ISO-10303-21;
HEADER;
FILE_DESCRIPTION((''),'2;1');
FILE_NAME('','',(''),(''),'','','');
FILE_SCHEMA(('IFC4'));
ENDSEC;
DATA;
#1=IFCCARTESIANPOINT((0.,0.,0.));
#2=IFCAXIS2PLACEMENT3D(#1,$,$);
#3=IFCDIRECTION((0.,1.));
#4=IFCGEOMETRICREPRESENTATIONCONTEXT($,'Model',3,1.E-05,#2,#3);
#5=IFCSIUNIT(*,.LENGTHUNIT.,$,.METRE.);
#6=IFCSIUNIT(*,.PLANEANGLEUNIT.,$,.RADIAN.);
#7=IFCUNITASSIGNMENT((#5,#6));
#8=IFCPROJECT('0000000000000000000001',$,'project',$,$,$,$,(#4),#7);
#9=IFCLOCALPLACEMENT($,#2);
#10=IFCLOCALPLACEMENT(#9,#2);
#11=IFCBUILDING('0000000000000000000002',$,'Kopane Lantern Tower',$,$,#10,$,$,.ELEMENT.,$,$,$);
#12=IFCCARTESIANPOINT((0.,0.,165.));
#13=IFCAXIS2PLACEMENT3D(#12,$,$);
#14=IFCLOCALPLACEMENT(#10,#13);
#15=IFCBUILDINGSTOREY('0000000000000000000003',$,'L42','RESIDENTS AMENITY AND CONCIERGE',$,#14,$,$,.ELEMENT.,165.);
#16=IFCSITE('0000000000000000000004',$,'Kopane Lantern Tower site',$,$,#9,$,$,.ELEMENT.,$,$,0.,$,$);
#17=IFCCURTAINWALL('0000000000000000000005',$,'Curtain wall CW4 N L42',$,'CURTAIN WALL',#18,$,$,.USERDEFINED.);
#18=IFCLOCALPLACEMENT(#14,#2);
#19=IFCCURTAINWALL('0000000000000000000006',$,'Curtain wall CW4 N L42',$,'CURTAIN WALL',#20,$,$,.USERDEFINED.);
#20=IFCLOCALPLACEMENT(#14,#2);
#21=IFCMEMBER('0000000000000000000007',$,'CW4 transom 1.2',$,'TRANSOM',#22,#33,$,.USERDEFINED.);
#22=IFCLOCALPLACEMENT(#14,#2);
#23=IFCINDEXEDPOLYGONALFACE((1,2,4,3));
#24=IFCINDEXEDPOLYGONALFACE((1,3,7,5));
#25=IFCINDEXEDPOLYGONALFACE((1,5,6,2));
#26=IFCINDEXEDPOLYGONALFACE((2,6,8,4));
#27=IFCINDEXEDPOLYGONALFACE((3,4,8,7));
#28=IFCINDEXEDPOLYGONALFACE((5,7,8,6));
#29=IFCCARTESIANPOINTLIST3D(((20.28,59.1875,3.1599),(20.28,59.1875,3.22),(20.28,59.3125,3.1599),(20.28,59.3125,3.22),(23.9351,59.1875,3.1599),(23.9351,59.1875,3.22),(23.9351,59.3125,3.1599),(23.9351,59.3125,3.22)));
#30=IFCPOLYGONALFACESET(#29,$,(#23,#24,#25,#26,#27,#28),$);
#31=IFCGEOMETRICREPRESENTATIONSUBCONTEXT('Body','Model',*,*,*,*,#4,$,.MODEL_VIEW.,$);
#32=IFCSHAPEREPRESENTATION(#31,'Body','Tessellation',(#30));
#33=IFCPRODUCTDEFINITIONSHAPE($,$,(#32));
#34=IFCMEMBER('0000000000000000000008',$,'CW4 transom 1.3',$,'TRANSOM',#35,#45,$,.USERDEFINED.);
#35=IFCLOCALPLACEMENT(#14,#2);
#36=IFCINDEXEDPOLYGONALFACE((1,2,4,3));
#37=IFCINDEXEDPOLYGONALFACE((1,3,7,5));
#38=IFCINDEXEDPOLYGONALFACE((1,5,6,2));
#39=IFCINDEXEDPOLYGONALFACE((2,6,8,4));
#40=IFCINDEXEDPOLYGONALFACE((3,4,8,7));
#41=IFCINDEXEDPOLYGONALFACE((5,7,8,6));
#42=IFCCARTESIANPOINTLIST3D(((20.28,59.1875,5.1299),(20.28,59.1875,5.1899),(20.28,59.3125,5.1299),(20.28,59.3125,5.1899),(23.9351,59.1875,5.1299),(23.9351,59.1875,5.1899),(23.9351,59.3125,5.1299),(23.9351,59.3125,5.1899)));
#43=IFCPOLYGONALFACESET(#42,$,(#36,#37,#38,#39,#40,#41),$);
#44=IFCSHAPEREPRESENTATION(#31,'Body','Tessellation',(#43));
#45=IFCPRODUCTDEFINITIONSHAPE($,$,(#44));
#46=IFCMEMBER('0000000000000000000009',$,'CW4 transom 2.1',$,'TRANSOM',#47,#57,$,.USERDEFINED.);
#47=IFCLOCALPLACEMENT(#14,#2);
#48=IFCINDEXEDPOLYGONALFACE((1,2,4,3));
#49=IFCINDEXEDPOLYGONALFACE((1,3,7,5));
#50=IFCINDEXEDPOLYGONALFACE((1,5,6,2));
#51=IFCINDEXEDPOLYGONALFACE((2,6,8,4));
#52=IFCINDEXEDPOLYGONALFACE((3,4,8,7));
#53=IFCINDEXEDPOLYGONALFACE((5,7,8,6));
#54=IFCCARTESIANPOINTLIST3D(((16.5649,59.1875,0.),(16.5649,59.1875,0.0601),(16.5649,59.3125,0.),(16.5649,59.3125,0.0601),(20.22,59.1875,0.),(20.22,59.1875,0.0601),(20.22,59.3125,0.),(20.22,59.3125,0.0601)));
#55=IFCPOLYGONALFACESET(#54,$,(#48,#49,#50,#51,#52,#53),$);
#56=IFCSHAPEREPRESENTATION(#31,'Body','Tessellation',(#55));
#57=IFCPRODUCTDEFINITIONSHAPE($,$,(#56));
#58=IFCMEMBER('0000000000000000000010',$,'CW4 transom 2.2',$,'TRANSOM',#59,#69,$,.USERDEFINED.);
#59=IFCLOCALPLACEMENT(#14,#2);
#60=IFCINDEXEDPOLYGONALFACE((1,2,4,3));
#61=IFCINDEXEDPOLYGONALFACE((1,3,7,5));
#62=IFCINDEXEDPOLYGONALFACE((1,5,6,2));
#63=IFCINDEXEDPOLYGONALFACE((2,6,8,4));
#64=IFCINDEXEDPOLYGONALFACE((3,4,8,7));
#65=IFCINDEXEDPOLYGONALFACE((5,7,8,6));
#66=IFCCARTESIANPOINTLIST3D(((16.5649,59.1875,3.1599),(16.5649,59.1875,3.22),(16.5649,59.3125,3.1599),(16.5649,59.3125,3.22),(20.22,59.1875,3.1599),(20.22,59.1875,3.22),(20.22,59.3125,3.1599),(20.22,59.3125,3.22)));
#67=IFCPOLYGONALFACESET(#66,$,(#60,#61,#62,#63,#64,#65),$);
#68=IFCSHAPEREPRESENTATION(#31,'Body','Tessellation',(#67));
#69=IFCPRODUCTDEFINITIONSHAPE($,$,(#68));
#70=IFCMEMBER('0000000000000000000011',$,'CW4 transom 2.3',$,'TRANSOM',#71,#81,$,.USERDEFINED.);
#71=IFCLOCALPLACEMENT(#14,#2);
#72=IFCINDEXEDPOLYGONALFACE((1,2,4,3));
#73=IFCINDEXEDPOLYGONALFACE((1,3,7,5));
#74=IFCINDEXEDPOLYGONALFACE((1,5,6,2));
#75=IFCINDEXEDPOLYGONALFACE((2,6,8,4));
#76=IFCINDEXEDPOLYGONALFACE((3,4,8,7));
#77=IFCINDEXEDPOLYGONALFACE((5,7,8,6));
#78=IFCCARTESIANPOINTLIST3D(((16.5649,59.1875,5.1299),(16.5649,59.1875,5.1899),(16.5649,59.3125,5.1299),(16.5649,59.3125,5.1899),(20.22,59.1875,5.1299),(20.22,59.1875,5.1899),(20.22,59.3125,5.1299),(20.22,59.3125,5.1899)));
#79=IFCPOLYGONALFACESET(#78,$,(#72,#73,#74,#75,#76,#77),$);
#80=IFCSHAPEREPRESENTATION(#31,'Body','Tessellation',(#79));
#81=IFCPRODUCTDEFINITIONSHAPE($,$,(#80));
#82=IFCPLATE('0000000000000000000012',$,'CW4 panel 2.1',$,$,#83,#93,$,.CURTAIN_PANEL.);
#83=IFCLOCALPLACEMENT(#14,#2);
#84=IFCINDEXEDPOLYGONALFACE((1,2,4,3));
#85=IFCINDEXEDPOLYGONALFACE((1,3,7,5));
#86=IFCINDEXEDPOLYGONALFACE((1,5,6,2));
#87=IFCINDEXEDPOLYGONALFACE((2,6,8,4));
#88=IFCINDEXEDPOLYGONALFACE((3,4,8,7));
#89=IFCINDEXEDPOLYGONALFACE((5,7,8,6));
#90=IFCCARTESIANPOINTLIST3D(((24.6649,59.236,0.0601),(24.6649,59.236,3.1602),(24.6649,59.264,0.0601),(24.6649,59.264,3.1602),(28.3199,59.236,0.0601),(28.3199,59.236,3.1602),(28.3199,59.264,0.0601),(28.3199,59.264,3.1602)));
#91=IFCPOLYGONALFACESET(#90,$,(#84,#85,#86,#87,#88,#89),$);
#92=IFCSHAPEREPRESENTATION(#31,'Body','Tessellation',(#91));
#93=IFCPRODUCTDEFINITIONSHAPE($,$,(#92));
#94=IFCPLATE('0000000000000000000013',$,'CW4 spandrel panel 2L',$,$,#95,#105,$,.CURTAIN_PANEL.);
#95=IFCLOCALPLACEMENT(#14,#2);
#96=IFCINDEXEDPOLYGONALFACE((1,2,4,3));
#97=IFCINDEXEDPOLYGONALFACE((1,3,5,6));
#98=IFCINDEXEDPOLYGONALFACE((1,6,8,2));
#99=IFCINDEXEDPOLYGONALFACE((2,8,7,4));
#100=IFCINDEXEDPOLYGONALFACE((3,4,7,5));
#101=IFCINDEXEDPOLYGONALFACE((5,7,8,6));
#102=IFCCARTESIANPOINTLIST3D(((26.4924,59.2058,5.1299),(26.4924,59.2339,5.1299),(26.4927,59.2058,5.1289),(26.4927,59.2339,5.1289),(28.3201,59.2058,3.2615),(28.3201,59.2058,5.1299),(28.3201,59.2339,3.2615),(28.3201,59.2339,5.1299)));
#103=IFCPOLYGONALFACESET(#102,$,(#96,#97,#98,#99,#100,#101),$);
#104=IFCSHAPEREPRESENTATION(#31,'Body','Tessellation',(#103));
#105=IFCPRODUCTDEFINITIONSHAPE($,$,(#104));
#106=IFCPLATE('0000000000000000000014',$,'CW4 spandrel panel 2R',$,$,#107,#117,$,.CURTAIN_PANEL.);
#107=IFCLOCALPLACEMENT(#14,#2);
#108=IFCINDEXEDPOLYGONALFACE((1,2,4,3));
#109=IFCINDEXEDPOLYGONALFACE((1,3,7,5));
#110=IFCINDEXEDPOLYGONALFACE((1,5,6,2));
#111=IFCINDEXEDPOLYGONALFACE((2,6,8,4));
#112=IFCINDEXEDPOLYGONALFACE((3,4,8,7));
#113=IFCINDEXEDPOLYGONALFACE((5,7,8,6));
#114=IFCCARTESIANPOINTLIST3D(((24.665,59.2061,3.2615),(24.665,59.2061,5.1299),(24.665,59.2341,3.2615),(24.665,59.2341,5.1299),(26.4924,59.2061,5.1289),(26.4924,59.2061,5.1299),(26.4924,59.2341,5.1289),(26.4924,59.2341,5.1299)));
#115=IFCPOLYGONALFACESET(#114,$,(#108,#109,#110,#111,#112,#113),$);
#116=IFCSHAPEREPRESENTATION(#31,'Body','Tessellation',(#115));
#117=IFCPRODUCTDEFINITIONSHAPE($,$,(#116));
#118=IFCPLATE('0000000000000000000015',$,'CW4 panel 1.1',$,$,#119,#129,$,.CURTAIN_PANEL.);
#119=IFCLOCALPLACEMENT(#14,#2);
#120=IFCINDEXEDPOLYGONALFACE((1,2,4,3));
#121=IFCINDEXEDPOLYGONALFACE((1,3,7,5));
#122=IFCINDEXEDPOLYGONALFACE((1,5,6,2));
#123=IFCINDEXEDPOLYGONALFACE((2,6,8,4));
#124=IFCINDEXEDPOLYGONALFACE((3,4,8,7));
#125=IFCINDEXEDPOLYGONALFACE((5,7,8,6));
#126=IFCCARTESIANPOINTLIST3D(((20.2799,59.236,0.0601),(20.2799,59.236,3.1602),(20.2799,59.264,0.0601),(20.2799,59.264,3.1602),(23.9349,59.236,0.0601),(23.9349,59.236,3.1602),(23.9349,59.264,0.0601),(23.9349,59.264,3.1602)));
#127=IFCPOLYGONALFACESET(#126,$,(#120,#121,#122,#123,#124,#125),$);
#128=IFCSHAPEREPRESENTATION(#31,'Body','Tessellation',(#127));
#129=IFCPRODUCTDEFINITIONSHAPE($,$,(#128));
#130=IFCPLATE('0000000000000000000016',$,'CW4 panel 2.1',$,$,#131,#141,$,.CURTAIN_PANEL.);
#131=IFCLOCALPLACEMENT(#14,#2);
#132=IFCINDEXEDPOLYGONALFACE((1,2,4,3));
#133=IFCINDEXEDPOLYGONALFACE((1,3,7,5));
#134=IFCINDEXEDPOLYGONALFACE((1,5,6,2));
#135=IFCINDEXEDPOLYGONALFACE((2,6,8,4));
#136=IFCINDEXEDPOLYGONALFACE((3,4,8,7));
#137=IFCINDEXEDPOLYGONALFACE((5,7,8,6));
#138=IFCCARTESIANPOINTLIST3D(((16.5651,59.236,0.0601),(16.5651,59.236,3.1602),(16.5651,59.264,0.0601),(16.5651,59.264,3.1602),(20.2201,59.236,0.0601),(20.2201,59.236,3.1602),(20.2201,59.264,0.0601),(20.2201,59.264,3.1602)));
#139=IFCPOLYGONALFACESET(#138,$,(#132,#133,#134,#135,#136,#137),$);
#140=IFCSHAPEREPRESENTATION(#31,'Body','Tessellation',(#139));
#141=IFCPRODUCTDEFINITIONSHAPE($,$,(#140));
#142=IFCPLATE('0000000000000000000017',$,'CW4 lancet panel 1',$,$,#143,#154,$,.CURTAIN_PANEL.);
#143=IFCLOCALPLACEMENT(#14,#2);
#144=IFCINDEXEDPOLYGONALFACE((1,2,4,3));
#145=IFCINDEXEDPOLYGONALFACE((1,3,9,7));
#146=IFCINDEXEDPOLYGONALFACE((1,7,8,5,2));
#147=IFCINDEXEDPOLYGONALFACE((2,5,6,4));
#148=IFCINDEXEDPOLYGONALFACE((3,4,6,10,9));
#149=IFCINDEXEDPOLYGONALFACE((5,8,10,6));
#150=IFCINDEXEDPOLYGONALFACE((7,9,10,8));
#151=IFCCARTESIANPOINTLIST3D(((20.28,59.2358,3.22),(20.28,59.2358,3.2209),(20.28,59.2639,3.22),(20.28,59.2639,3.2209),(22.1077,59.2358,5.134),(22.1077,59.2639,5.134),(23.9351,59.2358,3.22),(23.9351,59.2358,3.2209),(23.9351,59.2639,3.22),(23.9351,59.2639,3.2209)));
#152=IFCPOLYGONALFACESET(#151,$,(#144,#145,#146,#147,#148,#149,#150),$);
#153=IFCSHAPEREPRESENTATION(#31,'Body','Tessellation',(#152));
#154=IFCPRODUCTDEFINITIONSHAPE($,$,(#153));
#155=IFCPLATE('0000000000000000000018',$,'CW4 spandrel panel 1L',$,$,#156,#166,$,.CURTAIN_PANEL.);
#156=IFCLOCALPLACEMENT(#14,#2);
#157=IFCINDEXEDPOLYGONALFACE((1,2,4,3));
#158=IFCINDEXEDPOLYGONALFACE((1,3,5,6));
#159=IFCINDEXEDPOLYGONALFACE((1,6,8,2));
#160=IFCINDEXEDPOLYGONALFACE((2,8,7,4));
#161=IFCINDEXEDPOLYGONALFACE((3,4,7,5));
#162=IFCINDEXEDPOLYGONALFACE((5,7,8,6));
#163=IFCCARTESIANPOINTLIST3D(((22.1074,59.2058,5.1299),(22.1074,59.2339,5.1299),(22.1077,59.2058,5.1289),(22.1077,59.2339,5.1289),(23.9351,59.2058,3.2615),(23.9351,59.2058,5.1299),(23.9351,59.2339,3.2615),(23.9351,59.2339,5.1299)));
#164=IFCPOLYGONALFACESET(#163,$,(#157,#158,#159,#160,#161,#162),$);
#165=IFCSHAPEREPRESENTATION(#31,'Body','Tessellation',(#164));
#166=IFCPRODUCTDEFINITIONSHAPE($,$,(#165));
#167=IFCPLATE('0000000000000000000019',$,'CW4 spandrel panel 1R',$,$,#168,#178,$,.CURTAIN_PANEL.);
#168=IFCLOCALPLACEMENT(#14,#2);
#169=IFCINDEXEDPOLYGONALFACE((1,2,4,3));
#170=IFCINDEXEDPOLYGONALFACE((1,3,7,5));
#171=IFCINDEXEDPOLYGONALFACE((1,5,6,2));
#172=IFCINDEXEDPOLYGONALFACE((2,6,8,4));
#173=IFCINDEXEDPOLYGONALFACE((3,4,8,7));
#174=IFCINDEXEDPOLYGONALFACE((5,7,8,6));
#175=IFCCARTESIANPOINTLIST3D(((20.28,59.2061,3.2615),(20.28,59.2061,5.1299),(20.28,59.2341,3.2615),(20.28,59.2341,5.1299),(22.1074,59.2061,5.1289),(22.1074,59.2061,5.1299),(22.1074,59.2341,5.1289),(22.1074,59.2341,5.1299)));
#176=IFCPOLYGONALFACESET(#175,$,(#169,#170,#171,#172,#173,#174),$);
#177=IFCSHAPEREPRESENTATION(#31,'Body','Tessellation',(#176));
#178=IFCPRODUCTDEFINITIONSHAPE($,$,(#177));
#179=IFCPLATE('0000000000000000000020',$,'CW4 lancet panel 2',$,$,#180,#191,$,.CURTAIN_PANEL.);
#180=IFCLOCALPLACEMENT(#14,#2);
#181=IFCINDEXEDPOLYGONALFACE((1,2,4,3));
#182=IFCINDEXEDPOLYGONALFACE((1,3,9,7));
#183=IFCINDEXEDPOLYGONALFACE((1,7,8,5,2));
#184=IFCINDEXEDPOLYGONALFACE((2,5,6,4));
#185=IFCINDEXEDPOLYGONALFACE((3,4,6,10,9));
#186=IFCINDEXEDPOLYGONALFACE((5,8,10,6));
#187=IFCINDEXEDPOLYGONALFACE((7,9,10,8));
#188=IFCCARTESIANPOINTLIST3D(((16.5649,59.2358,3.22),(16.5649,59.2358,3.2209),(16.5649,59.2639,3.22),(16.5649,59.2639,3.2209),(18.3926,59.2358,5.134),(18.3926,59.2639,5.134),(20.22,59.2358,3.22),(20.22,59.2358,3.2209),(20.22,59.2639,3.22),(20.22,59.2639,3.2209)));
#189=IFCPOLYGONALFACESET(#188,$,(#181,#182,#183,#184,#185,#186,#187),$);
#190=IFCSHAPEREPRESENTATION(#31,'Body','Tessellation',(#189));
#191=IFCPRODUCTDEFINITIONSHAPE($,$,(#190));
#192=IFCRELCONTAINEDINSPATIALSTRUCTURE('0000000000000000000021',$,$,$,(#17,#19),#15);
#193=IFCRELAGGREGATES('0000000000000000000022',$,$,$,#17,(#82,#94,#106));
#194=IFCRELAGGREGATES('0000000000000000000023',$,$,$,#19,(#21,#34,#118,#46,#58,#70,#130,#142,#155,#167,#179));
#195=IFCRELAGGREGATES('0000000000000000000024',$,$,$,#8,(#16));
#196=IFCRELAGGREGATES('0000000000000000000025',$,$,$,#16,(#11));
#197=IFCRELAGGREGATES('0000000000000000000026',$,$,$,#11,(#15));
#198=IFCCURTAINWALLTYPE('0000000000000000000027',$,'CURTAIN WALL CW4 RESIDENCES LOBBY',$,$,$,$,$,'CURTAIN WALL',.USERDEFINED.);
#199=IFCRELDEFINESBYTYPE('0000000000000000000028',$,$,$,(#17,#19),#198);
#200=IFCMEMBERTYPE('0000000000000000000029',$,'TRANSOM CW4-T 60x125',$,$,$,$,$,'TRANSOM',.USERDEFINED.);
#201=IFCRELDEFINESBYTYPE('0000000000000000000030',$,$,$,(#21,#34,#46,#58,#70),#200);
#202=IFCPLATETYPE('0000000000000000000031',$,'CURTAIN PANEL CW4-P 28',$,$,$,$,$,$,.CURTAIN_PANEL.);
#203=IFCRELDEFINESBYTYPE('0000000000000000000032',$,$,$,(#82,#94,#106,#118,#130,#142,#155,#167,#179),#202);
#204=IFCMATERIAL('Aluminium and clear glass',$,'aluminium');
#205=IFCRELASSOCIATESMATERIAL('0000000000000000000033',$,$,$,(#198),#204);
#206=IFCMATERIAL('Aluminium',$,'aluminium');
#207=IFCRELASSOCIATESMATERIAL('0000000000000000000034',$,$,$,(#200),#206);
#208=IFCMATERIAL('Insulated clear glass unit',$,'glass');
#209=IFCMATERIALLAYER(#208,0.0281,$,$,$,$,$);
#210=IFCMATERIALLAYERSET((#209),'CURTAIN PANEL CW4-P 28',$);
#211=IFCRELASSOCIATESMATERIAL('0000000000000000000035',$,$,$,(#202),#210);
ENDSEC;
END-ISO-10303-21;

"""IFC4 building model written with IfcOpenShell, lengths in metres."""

from ifc_helpers import new_model, si_unit, direction, frame, origin, origin_2d, place, context, subcontext, project, spatial, polyline, rectangle, outline, extrude, material, layer, layer_set, material_profile, profile_set, type_object, element, aggregate, save


model = new_model("IFC4")

# Units and contexts
model_context = context("Model", 3, precision=1e-05, world=origin(), true_north=direction((0.0, 1.0)))
body_context = subcontext(model_context, "Body", "Model", "MODEL_VIEW")
ifc_project = project(units=[si_unit("LENGTHUNIT", "METRE"), si_unit("PLANEANGLEUNIT", "RADIAN")], contexts=[model_context])

# Site, building, storey
site_placement = place(None, origin())
site = spatial("IfcSite", under=ifc_project, at=site_placement, Name="Kopane Lantern Tower site", CompositionType="ELEMENT", RefElevation=0.0)
building_placement = place(site_placement, origin())
building = spatial("IfcBuilding", under=site, at=building_placement, Name="Kopane Lantern Tower", CompositionType="ELEMENT")
storey_placement = place(building_placement, frame((0.0, 0.0, 165.0)))
storey = spatial("IfcBuildingStorey", under=building, at=storey_placement, Name="L42", Description="RESIDENTS AMENITY AND CONCIERGE", CompositionType="ELEMENT", Elevation=165.0)

# Curtain walls, members
ifc_material_1 = material(Name="Aluminium and clear glass", Category="aluminium")
curtain_wall_type = type_object("IfcCurtainWallType", Name="CURTAIN WALL CW4 RESIDENCES LOBBY", ElementType="CURTAIN WALL", PredefinedType="USERDEFINED", material=ifc_material_1)
curtain_wall_1_placement = place(storey_placement, origin())
curtain_wall_1 = element("IfcCurtainWall", 1, at=curtain_wall_1_placement, inside=storey, type_object=curtain_wall_type, Name="Curtain wall CW4 N L42", ObjectType="CURTAIN WALL", PredefinedType="USERDEFINED")
curtain_wall_2_placement = place(storey_placement, origin())
curtain_wall_2 = element("IfcCurtainWall", 2, at=curtain_wall_2_placement, inside=storey, type_object=curtain_wall_type, Name="Curtain wall CW4 N L42", ObjectType="CURTAIN WALL", PredefinedType="USERDEFINED")
ifc_material_2 = material(Name="Aluminium", Category="aluminium")
ifc_material_profile_1 = material_profile(ifc_material_2, rectangle(XDim=0.125, YDim=0.0601, at=origin_2d()), Name="AL 125x60")
ifc_profile_set_1 = profile_set([ifc_material_profile_1], Name="Aluminium")
member_type_1 = type_object("IfcMemberType", Name="TRANSOM CW4-T 60x125", ElementType="TRANSOM", PredefinedType="USERDEFINED", material=ifc_profile_set_1)
member_1_placement = place(storey_placement, frame((23.9351, 59.25, 3.1899), z_axis=(-1.0, 0.0, 0.0), x_axis=(0.0, -1.0, 0.0)))
member_1 = element("IfcMember", 3, at=member_1_placement, type_object=member_type_1, Name="CW4 transom 1.2", ObjectType="TRANSOM", PredefinedType="USERDEFINED", context=body_context, shape_type="SweptSolid", body=[
    extrude(rectangle(XDim=0.125, YDim=0.0601, at=origin_2d()), origin(), (0.0, 0.0, 1.0), 3.655),
])
member_2_placement = place(storey_placement, frame((23.9351, 59.25, 5.1599), z_axis=(-1.0, 0.0, 0.0), x_axis=(0.0, -1.0, 0.0)))
member_2 = element("IfcMember", 4, at=member_2_placement, type_object=member_type_1, Name="CW4 transom 1.3", ObjectType="TRANSOM", PredefinedType="USERDEFINED", context=body_context, shape_type="SweptSolid", body=[
    extrude(rectangle(XDim=0.125, YDim=0.0601, at=origin_2d()), origin(), (0.0, 0.0, 1.0), 3.655),
])
member_3_placement = place(storey_placement, frame((20.22, 59.25, 0.03), z_axis=(-1.0, 0.0, 0.0), x_axis=(0.0, -1.0, 0.0)))
member_3 = element("IfcMember", 5, at=member_3_placement, type_object=member_type_1, Name="CW4 transom 2.1", ObjectType="TRANSOM", PredefinedType="USERDEFINED", context=body_context, shape_type="SweptSolid", body=[
    extrude(rectangle(XDim=0.125, YDim=0.0601, at=origin_2d()), origin(), (0.0, 0.0, 1.0), 3.655),
])
member_4_placement = place(storey_placement, frame((20.22, 59.25, 3.1899), z_axis=(-1.0, 0.0, 0.0), x_axis=(0.0, -1.0, 0.0)))
member_4 = element("IfcMember", 6, at=member_4_placement, type_object=member_type_1, Name="CW4 transom 2.2", ObjectType="TRANSOM", PredefinedType="USERDEFINED", context=body_context, shape_type="SweptSolid", body=[
    extrude(rectangle(XDim=0.125, YDim=0.0601, at=origin_2d()), origin(), (0.0, 0.0, 1.0), 3.655),
])
member_5_placement = place(storey_placement, frame((20.22, 59.25, 5.1599), z_axis=(-1.0, 0.0, 0.0), x_axis=(0.0, -1.0, 0.0)))
member_5 = element("IfcMember", 7, at=member_5_placement, type_object=member_type_1, Name="CW4 transom 2.3", ObjectType="TRANSOM", PredefinedType="USERDEFINED", context=body_context, shape_type="SweptSolid", body=[
    extrude(rectangle(XDim=0.125, YDim=0.0601, at=origin_2d()), origin(), (0.0, 0.0, 1.0), 3.655),
])

# Plates
ifc_material_3 = material(Name="Insulated clear glass unit", Category="glass")
ifc_layer = layer(ifc_material_3, 0.0281)
ifc_layer_set = layer_set([ifc_layer], Name="CURTAIN PANEL CW4-P 28")
plate_type = type_object("IfcPlateType", Name="CURTAIN PANEL CW4-P 28", PredefinedType="CURTAIN_PANEL", material=ifc_layer_set)
plate_1_placement = place(storey_placement, frame((26.4924, 59.25, 0.0601), z_axis=(0.0, 0.0, 1.0), x_axis=(-1.0, 0.0, 0.0)))
plate_1 = element("IfcPlate", 8, at=plate_1_placement, type_object=plate_type, Name="CW4 panel 2.1", PredefinedType="CURTAIN_PANEL", context=body_context, shape_type="SweptSolid", body=[
    extrude(rectangle(XDim=3.655, YDim=0.0281, at=origin_2d()), origin(), (0.0, 0.0, 1.0), 3.1001),
])
plate_2_placement = place(storey_placement, frame((28.3201, 59.22, 5.1299), z_axis=(0.0, 0.0, 1.0), x_axis=(-1.0, 0.0, 0.0)))
plate_2 = element("IfcPlate", 9, at=plate_2_placement, type_object=plate_type, Name="CW4 spandrel panel 2L", PredefinedType="CURTAIN_PANEL", context=body_context, shape_type="SweptSolid", body=[
    extrude(outline(polyline([(0.0, 0.0), (1.8276, 0.0), (1.8274, -0.001), (0.0, -1.8684), (0.0, 0.0)])), frame((0.0, 0.0142, 0.0), z_axis=(0.0, -1.0, 0.0), x_axis=(1.0, 0.0, 0.0)), (0.0, 0.0, 1.0), 0.0281),
])
plate_3_placement = place(storey_placement, frame((24.665, 59.22, 5.1299), z_axis=(0.0, 0.0, 1.0), x_axis=(1.0, 0.0, 0.0)))
plate_3 = element("IfcPlate", 10, at=plate_3_placement, type_object=plate_type, Name="CW4 spandrel panel 2R", PredefinedType="CURTAIN_PANEL", context=body_context, shape_type="SweptSolid", body=[
    extrude(outline(polyline([(0.0, 0.0), (1.8274, 0.0), (1.8274, -0.001), (0.0, -1.8684), (0.0, 0.0)])), frame((0.0, 0.0142, 0.0), z_axis=(0.0, -1.0, 0.0), x_axis=(1.0, 0.0, 0.0)), (0.0, 0.0, 1.0), 0.0281),
])
aggregate(curtain_wall_1, [plate_1, plate_2, plate_3])
plate_4_placement = place(storey_placement, frame((22.1074, 59.25, 0.0601), z_axis=(0.0, 0.0, 1.0), x_axis=(-1.0, 0.0, 0.0)))
plate_4 = element("IfcPlate", 11, at=plate_4_placement, type_object=plate_type, Name="CW4 panel 1.1", PredefinedType="CURTAIN_PANEL", context=body_context, shape_type="SweptSolid", body=[
    extrude(rectangle(XDim=3.655, YDim=0.0281, at=origin_2d()), origin(), (0.0, 0.0, 1.0), 3.1001),
])
plate_5_placement = place(storey_placement, frame((18.3926, 59.25, 0.0601), z_axis=(0.0, 0.0, 1.0), x_axis=(-1.0, 0.0, 0.0)))
plate_5 = element("IfcPlate", 12, at=plate_5_placement, type_object=plate_type, Name="CW4 panel 2.1", PredefinedType="CURTAIN_PANEL", context=body_context, shape_type="SweptSolid", body=[
    extrude(rectangle(XDim=3.655, YDim=0.0281, at=origin_2d()), origin(), (0.0, 0.0, 1.0), 3.1001),
])
plate_6_placement = place(storey_placement, frame((23.9351, 59.25, 3.22), z_axis=(0.0, 0.0, 1.0), x_axis=(-1.0, 0.0, 0.0)))
plate_6 = element("IfcPlate", 13, at=plate_6_placement, type_object=plate_type, Name="CW4 lancet panel 1", PredefinedType="CURTAIN_PANEL", context=body_context, shape_type="SweptSolid", body=[
    extrude(outline(polyline([(0.0, 0.0), (3.655, 0.0), (3.655, 0.001), (1.8274, 1.9141), (0.0, 0.001), (0.0, 0.0)])), frame((0.0, 0.0142, 0.0), z_axis=(0.0, -1.0, 0.0), x_axis=(1.0, 0.0, 0.0)), (0.0, 0.0, 1.0), 0.0281),
])
plate_7_placement = place(storey_placement, frame((23.9351, 59.22, 5.1299), z_axis=(0.0, 0.0, 1.0), x_axis=(-1.0, 0.0, 0.0)))
plate_7 = element("IfcPlate", 14, at=plate_7_placement, type_object=plate_type, Name="CW4 spandrel panel 1L", PredefinedType="CURTAIN_PANEL", context=body_context, shape_type="SweptSolid", body=[
    extrude(outline(polyline([(0.0, 0.0), (1.8276, 0.0), (1.8274, -0.001), (0.0, -1.8684), (0.0, 0.0)])), frame((0.0, 0.0142, 0.0), z_axis=(0.0, -1.0, 0.0), x_axis=(1.0, 0.0, 0.0)), (0.0, 0.0, 1.0), 0.0281),
])
plate_8_placement = place(storey_placement, frame((20.28, 59.22, 5.1299), z_axis=(0.0, 0.0, 1.0), x_axis=(1.0, 0.0, 0.0)))
plate_8 = element("IfcPlate", 15, at=plate_8_placement, type_object=plate_type, Name="CW4 spandrel panel 1R", PredefinedType="CURTAIN_PANEL", context=body_context, shape_type="SweptSolid", body=[
    extrude(outline(polyline([(0.0, 0.0), (1.8274, 0.0), (1.8274, -0.001), (0.0, -1.8684), (0.0, 0.0)])), frame((0.0, 0.0142, 0.0), z_axis=(0.0, -1.0, 0.0), x_axis=(1.0, 0.0, 0.0)), (0.0, 0.0, 1.0), 0.0281),
])
plate_9_placement = place(storey_placement, frame((20.22, 59.25, 3.22), z_axis=(0.0, 0.0, 1.0), x_axis=(-1.0, 0.0, 0.0)))
plate_9 = element("IfcPlate", 16, at=plate_9_placement, type_object=plate_type, Name="CW4 lancet panel 2", PredefinedType="CURTAIN_PANEL", context=body_context, shape_type="SweptSolid", body=[
    extrude(outline(polyline([(0.0, 0.0), (3.655, 0.0), (3.655, 0.001), (1.8274, 1.9141), (0.0, 0.001), (0.0, 0.0)])), frame((0.0, 0.0142, 0.0), z_axis=(0.0, -1.0, 0.0), x_axis=(1.0, 0.0, 0.0)), (0.0, 0.0, 1.0), 0.0281),
])
aggregate(curtain_wall_2, [member_1, member_2, plate_4, member_3, member_4, member_5, plate_5, plate_6, plate_7, plate_8, plate_9])

save(model, "model.ifc")
